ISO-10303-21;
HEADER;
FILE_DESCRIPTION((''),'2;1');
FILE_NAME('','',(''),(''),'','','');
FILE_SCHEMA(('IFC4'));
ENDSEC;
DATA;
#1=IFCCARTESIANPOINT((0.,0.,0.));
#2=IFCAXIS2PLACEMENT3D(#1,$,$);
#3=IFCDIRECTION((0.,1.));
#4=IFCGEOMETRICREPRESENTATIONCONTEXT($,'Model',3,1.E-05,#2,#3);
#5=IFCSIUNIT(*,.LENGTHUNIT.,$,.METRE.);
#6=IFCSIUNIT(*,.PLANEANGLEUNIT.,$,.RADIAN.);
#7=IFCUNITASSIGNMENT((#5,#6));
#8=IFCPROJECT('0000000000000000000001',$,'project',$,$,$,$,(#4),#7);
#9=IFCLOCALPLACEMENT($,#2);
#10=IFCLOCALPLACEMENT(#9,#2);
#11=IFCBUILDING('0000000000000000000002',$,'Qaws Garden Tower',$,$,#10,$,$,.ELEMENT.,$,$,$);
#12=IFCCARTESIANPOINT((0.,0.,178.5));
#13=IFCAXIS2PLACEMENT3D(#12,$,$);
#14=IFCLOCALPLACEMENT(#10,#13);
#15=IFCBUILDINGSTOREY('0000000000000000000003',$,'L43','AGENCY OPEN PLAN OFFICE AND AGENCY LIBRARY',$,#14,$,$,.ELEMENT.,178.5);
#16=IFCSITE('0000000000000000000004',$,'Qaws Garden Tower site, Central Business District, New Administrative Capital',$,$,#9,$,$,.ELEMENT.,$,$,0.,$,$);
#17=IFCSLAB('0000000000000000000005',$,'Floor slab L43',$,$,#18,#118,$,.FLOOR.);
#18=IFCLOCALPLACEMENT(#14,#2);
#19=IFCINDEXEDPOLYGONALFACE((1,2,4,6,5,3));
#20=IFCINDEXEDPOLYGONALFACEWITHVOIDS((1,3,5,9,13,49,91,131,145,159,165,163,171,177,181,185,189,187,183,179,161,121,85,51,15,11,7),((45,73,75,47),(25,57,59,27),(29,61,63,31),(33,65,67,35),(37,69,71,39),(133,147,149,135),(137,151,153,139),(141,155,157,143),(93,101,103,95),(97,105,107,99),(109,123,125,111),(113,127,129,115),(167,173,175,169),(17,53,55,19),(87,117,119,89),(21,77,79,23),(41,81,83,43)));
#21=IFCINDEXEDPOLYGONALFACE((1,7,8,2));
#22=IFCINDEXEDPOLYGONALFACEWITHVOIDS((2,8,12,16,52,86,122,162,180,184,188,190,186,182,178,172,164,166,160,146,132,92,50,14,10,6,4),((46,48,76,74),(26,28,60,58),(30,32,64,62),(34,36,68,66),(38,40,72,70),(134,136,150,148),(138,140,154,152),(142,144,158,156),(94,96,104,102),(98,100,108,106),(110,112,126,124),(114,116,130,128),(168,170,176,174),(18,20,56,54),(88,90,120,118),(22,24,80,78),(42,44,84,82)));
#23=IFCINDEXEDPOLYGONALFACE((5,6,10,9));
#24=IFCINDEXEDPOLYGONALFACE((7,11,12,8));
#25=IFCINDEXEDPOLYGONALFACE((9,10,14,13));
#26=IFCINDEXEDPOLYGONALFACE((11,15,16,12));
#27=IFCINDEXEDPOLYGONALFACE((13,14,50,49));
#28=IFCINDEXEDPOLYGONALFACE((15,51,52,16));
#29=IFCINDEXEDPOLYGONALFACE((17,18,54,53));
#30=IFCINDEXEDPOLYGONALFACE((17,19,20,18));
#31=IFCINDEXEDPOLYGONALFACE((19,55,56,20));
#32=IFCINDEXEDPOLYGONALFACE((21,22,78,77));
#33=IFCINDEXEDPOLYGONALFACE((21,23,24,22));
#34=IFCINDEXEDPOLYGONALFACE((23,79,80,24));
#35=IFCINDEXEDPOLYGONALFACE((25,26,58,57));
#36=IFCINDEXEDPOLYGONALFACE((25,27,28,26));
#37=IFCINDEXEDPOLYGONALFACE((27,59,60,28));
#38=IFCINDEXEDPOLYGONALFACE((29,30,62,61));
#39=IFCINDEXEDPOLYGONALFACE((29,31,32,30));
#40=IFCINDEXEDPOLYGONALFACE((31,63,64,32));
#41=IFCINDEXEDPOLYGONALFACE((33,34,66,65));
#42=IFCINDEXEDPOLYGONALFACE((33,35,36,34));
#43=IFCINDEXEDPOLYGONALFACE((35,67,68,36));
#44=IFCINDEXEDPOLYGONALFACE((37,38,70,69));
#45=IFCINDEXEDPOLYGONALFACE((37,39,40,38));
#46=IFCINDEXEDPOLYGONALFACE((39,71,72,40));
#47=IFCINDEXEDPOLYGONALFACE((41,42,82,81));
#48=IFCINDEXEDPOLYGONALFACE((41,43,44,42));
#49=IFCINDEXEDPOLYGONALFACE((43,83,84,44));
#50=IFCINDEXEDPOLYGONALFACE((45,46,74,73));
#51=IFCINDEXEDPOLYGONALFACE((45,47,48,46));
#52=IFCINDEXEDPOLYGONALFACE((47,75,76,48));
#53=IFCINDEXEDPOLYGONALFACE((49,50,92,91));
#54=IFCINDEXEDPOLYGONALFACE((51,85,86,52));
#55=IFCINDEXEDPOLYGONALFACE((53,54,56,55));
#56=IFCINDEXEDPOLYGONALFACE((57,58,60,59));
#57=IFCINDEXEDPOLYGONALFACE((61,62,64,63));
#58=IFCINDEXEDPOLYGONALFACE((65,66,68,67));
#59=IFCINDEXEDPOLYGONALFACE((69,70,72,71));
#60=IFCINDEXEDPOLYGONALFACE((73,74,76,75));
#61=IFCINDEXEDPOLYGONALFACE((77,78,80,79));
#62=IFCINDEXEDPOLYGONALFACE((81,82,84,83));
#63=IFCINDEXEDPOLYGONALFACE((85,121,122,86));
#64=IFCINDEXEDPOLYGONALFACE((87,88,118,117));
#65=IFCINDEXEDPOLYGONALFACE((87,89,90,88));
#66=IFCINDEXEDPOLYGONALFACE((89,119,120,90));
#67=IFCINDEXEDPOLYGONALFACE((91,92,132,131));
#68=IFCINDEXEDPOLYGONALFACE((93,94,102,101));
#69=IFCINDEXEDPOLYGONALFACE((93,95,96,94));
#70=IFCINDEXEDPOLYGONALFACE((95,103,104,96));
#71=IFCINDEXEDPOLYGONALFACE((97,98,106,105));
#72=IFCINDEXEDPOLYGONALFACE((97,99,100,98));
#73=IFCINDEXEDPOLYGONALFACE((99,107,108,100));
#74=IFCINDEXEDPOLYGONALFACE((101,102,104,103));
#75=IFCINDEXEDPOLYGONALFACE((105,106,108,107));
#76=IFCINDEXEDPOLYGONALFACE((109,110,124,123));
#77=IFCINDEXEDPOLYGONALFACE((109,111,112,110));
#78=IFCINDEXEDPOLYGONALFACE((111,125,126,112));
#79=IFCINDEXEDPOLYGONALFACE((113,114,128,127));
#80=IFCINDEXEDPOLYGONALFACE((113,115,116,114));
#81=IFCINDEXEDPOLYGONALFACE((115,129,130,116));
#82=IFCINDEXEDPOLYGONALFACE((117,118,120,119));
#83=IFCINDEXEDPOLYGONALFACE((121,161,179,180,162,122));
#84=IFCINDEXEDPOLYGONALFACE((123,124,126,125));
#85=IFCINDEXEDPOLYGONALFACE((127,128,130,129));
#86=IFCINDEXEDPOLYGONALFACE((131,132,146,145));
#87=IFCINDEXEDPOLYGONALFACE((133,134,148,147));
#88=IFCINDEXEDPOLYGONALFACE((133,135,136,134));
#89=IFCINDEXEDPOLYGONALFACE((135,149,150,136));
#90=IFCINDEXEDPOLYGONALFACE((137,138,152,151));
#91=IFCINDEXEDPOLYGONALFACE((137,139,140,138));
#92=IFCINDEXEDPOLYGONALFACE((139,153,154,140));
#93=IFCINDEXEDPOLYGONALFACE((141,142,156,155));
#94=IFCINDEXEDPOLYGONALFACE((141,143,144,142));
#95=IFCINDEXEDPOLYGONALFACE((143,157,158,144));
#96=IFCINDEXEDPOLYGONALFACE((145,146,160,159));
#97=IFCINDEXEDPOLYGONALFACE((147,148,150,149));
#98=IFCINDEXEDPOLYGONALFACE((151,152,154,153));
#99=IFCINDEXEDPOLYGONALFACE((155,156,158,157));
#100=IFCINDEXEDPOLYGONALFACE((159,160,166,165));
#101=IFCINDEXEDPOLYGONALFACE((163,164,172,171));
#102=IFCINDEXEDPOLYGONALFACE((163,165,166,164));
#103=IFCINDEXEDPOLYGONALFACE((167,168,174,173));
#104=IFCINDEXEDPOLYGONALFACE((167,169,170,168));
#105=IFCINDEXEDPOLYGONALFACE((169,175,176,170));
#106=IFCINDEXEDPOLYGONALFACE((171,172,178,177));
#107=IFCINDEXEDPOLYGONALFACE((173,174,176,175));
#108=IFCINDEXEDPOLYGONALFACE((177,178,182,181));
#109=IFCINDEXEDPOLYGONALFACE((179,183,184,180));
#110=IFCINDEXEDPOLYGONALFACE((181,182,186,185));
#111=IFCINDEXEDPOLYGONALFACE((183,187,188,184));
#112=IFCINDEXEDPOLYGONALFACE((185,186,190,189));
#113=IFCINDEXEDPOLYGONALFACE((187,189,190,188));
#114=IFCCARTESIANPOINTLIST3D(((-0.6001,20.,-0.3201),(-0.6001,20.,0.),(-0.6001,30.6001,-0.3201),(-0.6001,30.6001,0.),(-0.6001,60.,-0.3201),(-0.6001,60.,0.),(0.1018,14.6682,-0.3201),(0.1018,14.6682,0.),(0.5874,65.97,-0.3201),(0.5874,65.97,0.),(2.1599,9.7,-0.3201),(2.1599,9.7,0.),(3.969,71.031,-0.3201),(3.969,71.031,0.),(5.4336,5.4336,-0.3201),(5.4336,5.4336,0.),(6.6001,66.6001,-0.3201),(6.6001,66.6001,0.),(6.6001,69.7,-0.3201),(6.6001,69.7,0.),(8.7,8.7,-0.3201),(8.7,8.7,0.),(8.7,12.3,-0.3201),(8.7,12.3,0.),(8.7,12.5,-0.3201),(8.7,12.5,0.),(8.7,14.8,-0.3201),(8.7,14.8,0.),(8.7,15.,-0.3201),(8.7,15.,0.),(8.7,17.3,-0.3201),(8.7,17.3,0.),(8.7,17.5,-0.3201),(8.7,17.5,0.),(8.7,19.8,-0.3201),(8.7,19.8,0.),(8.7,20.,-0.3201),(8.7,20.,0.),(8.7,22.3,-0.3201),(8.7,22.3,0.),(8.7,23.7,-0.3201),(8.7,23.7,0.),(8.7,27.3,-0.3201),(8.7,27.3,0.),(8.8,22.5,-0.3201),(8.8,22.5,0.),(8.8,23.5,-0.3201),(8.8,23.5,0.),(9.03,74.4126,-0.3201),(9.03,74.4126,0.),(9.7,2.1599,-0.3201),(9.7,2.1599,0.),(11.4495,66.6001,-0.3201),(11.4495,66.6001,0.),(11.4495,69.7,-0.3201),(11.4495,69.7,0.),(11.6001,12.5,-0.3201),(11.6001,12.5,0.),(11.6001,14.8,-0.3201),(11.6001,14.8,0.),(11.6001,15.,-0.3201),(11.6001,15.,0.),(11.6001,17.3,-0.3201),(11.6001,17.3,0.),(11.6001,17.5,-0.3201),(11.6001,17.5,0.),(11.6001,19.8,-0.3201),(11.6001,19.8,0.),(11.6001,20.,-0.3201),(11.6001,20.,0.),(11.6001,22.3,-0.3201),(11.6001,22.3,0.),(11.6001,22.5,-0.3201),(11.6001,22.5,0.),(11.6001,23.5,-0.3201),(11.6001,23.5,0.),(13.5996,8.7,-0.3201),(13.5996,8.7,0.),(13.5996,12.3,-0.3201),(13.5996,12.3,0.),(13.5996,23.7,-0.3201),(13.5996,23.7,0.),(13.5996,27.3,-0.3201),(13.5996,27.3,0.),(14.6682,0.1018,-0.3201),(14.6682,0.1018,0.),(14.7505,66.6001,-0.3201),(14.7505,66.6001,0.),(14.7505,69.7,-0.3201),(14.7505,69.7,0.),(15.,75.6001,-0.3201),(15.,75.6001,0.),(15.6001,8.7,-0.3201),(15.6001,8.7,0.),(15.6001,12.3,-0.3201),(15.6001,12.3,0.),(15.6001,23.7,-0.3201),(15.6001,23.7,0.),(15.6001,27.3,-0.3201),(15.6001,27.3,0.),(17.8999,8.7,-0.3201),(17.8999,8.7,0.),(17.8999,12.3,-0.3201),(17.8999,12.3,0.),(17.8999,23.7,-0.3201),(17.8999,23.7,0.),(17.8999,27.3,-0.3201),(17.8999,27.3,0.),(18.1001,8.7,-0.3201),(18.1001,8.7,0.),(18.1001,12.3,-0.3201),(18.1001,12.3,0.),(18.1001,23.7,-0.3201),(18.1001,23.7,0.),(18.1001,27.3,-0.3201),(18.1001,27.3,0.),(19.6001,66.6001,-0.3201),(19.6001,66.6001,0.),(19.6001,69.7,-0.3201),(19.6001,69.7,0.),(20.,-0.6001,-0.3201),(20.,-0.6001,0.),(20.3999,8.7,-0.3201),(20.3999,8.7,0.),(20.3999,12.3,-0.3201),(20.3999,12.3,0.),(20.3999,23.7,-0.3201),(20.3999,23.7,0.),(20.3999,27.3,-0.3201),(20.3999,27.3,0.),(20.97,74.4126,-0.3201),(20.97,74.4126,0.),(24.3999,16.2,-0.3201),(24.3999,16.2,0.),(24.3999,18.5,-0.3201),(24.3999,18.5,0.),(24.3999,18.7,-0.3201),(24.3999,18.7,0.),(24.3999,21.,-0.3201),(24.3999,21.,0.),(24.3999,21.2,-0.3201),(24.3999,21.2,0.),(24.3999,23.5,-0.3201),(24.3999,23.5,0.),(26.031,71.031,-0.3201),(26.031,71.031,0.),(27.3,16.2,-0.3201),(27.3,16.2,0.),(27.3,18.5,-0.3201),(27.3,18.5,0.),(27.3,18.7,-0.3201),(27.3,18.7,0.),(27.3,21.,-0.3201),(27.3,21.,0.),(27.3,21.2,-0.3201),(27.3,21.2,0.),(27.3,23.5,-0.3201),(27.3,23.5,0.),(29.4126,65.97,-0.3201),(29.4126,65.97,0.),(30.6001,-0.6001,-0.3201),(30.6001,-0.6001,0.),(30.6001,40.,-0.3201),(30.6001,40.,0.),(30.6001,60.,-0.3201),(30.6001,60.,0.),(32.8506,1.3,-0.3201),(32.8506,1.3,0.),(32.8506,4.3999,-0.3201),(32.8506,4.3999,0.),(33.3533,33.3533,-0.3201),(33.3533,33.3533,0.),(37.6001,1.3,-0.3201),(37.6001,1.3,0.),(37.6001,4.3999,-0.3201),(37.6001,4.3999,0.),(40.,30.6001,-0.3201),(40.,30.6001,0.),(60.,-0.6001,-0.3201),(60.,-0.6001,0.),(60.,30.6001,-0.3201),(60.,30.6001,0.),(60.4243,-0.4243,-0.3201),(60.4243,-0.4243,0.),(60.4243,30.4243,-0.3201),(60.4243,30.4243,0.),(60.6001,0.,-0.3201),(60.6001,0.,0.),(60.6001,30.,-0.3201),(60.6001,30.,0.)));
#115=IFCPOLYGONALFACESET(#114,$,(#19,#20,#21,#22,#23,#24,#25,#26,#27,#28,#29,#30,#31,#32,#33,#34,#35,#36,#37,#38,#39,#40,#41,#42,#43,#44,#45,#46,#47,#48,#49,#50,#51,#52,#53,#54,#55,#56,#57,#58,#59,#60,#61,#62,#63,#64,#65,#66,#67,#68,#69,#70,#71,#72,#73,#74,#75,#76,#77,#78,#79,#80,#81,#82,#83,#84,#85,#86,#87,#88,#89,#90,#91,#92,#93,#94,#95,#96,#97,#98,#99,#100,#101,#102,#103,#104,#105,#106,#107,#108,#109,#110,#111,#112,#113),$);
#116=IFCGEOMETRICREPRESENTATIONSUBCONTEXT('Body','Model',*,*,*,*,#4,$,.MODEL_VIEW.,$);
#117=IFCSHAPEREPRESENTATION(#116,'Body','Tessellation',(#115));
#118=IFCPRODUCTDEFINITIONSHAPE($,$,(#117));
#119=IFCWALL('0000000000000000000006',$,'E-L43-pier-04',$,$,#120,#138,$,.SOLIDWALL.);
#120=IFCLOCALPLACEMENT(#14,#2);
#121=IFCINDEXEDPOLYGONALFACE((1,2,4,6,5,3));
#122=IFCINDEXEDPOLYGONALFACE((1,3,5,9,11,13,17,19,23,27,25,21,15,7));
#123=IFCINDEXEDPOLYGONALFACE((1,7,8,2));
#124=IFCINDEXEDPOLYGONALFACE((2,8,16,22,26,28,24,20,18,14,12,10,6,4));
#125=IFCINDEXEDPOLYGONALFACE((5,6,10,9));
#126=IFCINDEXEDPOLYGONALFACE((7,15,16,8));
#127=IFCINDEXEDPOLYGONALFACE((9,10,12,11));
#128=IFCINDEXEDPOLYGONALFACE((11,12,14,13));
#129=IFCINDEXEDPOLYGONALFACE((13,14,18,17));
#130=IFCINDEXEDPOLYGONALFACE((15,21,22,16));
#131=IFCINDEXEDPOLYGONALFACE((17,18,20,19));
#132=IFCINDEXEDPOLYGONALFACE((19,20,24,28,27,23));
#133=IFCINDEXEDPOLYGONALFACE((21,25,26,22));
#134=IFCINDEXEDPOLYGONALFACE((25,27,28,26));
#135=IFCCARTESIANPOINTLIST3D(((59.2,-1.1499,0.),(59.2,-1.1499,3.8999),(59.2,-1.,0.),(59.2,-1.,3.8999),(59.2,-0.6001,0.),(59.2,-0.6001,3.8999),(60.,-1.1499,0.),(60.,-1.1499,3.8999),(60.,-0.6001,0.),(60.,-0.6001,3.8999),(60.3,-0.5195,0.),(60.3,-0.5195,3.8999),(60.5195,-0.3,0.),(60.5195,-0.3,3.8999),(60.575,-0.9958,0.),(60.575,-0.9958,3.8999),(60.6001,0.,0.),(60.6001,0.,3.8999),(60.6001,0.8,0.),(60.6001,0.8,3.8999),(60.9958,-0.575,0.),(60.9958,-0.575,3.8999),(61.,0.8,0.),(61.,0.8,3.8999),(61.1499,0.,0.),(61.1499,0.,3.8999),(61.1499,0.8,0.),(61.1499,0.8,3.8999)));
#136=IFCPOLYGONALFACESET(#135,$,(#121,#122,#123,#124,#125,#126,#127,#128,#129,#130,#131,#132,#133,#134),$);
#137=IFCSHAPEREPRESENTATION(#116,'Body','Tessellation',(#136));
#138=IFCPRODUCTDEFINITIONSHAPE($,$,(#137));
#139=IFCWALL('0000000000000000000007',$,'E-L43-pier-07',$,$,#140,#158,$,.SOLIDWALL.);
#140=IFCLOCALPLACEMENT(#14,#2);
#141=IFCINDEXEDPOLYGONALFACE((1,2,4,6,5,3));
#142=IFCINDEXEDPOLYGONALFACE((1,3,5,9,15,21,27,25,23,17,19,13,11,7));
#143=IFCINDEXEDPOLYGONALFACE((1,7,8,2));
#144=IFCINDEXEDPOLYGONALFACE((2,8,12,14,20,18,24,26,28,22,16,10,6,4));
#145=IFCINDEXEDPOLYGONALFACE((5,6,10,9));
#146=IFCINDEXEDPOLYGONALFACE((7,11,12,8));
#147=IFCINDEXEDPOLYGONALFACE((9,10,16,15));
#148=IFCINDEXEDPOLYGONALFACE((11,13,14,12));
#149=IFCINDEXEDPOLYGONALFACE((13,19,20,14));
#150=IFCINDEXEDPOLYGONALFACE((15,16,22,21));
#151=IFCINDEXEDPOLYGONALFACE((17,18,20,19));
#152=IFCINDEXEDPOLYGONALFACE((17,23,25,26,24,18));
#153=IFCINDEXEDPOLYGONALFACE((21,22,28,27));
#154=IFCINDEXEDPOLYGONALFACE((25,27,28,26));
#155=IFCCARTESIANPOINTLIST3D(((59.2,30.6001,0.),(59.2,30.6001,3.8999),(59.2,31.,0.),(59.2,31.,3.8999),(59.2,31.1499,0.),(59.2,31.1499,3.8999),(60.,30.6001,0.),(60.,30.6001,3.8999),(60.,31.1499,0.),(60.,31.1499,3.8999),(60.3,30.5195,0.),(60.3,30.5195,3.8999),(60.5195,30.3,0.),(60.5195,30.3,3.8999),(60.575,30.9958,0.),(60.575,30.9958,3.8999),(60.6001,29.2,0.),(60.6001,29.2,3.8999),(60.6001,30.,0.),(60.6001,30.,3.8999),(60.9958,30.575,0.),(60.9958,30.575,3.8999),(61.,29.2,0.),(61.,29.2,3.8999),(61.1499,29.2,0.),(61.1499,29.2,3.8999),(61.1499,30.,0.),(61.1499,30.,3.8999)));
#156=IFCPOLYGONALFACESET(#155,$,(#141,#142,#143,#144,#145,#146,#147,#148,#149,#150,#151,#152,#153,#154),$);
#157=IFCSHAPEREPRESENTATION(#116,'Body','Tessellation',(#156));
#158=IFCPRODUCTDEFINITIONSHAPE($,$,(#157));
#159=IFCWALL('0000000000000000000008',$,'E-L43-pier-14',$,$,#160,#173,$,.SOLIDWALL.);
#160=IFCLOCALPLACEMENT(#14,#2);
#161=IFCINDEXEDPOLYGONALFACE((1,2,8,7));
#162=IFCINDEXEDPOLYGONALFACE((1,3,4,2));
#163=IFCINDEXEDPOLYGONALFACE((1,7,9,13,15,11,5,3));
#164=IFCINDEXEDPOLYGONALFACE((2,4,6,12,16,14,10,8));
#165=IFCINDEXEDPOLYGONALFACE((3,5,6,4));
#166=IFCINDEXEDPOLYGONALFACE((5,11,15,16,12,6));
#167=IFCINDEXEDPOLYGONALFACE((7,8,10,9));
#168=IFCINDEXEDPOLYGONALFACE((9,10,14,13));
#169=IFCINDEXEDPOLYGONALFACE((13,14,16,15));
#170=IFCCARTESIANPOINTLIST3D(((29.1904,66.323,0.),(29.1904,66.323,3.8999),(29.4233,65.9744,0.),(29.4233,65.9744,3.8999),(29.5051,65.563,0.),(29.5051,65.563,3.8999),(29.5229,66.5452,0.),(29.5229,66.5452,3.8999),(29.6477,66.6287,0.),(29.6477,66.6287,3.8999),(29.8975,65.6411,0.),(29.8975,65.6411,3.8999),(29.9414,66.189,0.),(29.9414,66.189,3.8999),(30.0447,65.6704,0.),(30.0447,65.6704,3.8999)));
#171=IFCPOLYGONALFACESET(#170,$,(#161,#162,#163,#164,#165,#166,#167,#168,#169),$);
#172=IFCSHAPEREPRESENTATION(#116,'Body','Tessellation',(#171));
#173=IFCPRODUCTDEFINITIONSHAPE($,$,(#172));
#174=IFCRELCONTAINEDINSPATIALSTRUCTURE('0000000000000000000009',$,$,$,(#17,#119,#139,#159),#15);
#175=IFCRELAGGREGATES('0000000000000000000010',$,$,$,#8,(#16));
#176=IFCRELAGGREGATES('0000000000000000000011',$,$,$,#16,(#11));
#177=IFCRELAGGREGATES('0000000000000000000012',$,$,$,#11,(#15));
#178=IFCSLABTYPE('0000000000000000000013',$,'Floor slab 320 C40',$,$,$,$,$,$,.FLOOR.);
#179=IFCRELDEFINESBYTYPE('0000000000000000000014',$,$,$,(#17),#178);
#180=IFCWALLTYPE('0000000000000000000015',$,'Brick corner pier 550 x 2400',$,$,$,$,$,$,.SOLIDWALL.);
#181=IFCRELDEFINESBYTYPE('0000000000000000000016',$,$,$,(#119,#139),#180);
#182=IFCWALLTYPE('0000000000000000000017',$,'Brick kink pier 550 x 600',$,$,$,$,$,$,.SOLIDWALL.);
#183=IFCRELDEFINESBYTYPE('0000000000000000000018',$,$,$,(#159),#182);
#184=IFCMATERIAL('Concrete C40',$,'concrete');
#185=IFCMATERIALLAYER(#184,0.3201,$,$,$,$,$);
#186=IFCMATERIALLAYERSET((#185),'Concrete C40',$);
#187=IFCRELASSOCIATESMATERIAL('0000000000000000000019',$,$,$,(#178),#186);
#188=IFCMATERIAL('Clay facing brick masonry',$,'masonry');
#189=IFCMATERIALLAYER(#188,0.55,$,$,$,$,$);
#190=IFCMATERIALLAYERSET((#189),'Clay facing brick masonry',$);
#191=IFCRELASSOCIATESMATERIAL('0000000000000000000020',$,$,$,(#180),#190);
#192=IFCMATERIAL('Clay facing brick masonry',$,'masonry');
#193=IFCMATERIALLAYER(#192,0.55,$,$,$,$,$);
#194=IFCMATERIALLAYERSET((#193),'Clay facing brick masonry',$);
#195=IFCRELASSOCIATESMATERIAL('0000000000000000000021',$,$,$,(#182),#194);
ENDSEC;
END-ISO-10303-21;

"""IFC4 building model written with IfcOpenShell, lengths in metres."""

from ifc_helpers import new_model, si_unit, direction, frame, origin, place, context, subcontext, project, spatial, polyline, outline, extrude, material, layer, layer_set, type_object, element, save


model = new_model("IFC4")

# Units and contexts
model_context = context("Model", 3, precision=1e-05, world=origin(), true_north=direction((0.0, 1.0)))
body_context = subcontext(model_context, "Body", "Model", "MODEL_VIEW")
ifc_project = project(units=[si_unit("LENGTHUNIT", "METRE"), si_unit("PLANEANGLEUNIT", "RADIAN")], contexts=[model_context])

# Site, building, storey
site_placement = place(None, origin())
site = spatial("IfcSite", under=ifc_project, at=site_placement, Name="Qaws Garden Tower site, Central Business District, New Administrative Capital", CompositionType="ELEMENT", RefElevation=0.0)
building_placement = place(site_placement, origin())
building = spatial("IfcBuilding", under=site, at=building_placement, Name="Qaws Garden Tower", CompositionType="ELEMENT")
storey_placement = place(building_placement, frame((0.0, 0.0, 178.5)))
storey = spatial("IfcBuildingStorey", under=building, at=storey_placement, Name="L43", Description="AGENCY OPEN PLAN OFFICE AND AGENCY LIBRARY", CompositionType="ELEMENT", Elevation=178.5)

# Slab
ifc_material_1 = material(Name="Concrete C40", Category="concrete")
ifc_layer_1 = layer(ifc_material_1, 0.3201)
ifc_layer_set_1 = layer_set([ifc_layer_1], Name="Concrete C40")
slab_type = type_object("IfcSlabType", Name="Floor slab 320 C40", PredefinedType="FLOOR", material=ifc_layer_set_1)
slab_placement = place(storey_placement, frame((0.0, 0.0, -0.3201)))
element("IfcSlab", 1, at=slab_placement, inside=storey, type_object=slab_type, Name="Floor slab L43", PredefinedType="FLOOR", context=body_context, shape_type="SweptSolid", body=[
    extrude(outline(polyline([(0.1018, 14.6682), (-0.6001, 20.0), (-0.6001, 30.6001), (-0.6001, 60.0), (-0.6001, 60.0), (0.5874, 65.97), (3.969, 71.031), (9.03, 74.4126), (15.0, 75.6001), (20.97, 74.4126), (26.031, 71.031), (29.4126, 65.97), (30.6001, 60.0), (30.6001, 40.0), (33.3533, 33.3533), (40.0, 30.6001), (60.0, 30.6001), (60.4243, 30.4243), (60.6001, 30.0), (60.6001, 0.0), (60.4243, -0.4243), (60.0, -0.6001), (30.6001, -0.6001), (20.0, -0.6001), (14.6682, 0.1018), (9.7, 2.1599), (5.4336, 5.4336), (2.1599, 9.7), (0.1018, 14.6682)]), holes=[polyline([(13.5996, 12.3), (8.7, 12.3), (8.7, 8.7), (13.5996, 8.7), (13.5996, 12.3)]), polyline([(17.8999, 12.3), (15.6001, 12.3), (15.6001, 8.7), (17.8999, 8.7), (17.8999, 12.3)]), polyline([(11.6001, 14.8), (8.7, 14.8), (8.7, 12.5), (11.6001, 12.5), (11.6001, 14.8)]), polyline([(11.6001, 17.3), (8.7, 17.3), (8.7, 15.0), (11.6001, 15.0), (11.6001, 17.3)]), polyline([(11.6001, 19.8), (8.7, 19.8), (8.7, 17.5), (11.6001, 17.5), (11.6001, 19.8)]), polyline([(11.6001, 22.3), (8.7, 22.3), (8.7, 20.0), (11.6001, 20.0), (11.6001, 22.3)]), polyline([(11.6001, 23.5), (8.8, 23.5), (8.8, 22.5), (11.6001, 22.5), (11.6001, 23.5)]), polyline([(13.5996, 27.3), (8.7, 27.3), (8.7, 23.7), (13.5996, 23.7), (13.5996, 27.3)]), polyline([(11.4495, 69.7), (6.6001, 69.7), (6.6001, 66.6001), (11.4495, 66.6001), (11.4495, 69.7)]), polyline([(37.6001, 4.3999), (32.8506, 4.3999), (32.8506, 1.3), (37.6001, 1.3), (37.6001, 4.3999)]), polyline([(20.3999, 12.3), (18.1001, 12.3), (18.1001, 8.7), (20.3999, 8.7), (20.3999, 12.3)]), polyline([(27.3, 18.5), (24.3999, 18.5), (24.3999, 16.2), (27.3, 16.2), (27.3, 18.5)]), polyline([(27.3, 21.0), (24.3999, 21.0), (24.3999, 18.7), (27.3, 18.7), (27.3, 21.0)]), polyline([(27.3, 23.5), (24.3999, 23.5), (24.3999, 21.2), (27.3, 21.2), (27.3, 23.5)]), polyline([(17.8999, 27.3), (15.6001, 27.3), (15.6001, 23.7), (17.8999, 23.7), (17.8999, 27.3)]), polyline([(20.3999, 23.7), (20.3999, 27.3), (18.1001, 27.3), (18.1001, 23.7), (20.3999, 23.7)]), polyline([(19.6001, 66.6001), (19.6001, 69.7), (14.7505, 69.7), (14.7505, 66.6001), (19.6001, 66.6001)])]), origin(), (0.0, 0.0, 1.0), 0.3201),
])

# Walls
ifc_material_2 = material(Name="Clay facing brick masonry", Category="masonry")
ifc_layer_2 = layer(ifc_material_2, 0.55)
ifc_layer_set_2 = layer_set([ifc_layer_2], Name="Clay facing brick masonry")
wall_type_1 = type_object("IfcWallType", Name="Brick corner pier 550 x 2400", PredefinedType="SOLIDWALL", material=ifc_layer_set_2)
placement = place(storey_placement, origin())
element("IfcWall", 2, at=placement, inside=storey, type_object=wall_type_1, Name="E-L43-pier-04", PredefinedType="SOLIDWALL", context=body_context, shape_type="SweptSolid", body=[
    extrude(outline(polyline([(59.2, -1.0), (59.2, -1.1499), (60.0, -1.1499), (60.575, -0.9958), (60.9958, -0.575), (61.1499, 0.0), (61.1499, 0.8), (61.0, 0.8), (60.6001, 0.8), (60.6001, 0.0), (60.5195, -0.3), (60.3, -0.5195), (60.0, -0.6001), (59.2, -0.6001), (59.2, -1.0)])), origin(), (0.0, 0.0, 1.0), 3.8999),
])
element("IfcWall", 3, at=placement, inside=storey, type_object=wall_type_1, Name="E-L43-pier-07", PredefinedType="SOLIDWALL", context=body_context, shape_type="SweptSolid", body=[
    extrude(outline(polyline([(61.0, 29.2), (61.1499, 29.2), (61.1499, 30.0), (60.9958, 30.575), (60.575, 30.9958), (60.0, 31.1499), (59.2, 31.1499), (59.2, 31.0), (59.2, 30.6001), (60.0, 30.6001), (60.3, 30.5195), (60.5195, 30.3), (60.6001, 30.0), (60.6001, 29.2), (61.0, 29.2)])), origin(), (0.0, 0.0, 1.0), 3.8999),
])
ifc_material_3 = material(Name="Clay facing brick masonry", Category="masonry")
ifc_layer_3 = layer(ifc_material_3, 0.55)
ifc_layer_set_3 = layer_set([ifc_layer_3], Name="Clay facing brick masonry")
wall_type_2 = type_object("IfcWallType", Name="Brick kink pier 550 x 600", PredefinedType="SOLIDWALL", material=ifc_layer_set_3)
element("IfcWall", 4, at=placement, inside=storey, type_object=wall_type_2, Name="E-L43-pier-14", PredefinedType="SOLIDWALL", context=body_context, shape_type="SweptSolid", body=[
    extrude(outline(polyline([(29.8975, 65.6411), (30.0447, 65.6704), (29.9414, 66.189), (29.6477, 66.6287), (29.5229, 66.5452), (29.1904, 66.323), (29.4233, 65.9744), (29.5051, 65.563), (29.8975, 65.6411)])), origin(), (0.0, 0.0, 1.0), 3.8999),
])

save(model, "model.ifc")
